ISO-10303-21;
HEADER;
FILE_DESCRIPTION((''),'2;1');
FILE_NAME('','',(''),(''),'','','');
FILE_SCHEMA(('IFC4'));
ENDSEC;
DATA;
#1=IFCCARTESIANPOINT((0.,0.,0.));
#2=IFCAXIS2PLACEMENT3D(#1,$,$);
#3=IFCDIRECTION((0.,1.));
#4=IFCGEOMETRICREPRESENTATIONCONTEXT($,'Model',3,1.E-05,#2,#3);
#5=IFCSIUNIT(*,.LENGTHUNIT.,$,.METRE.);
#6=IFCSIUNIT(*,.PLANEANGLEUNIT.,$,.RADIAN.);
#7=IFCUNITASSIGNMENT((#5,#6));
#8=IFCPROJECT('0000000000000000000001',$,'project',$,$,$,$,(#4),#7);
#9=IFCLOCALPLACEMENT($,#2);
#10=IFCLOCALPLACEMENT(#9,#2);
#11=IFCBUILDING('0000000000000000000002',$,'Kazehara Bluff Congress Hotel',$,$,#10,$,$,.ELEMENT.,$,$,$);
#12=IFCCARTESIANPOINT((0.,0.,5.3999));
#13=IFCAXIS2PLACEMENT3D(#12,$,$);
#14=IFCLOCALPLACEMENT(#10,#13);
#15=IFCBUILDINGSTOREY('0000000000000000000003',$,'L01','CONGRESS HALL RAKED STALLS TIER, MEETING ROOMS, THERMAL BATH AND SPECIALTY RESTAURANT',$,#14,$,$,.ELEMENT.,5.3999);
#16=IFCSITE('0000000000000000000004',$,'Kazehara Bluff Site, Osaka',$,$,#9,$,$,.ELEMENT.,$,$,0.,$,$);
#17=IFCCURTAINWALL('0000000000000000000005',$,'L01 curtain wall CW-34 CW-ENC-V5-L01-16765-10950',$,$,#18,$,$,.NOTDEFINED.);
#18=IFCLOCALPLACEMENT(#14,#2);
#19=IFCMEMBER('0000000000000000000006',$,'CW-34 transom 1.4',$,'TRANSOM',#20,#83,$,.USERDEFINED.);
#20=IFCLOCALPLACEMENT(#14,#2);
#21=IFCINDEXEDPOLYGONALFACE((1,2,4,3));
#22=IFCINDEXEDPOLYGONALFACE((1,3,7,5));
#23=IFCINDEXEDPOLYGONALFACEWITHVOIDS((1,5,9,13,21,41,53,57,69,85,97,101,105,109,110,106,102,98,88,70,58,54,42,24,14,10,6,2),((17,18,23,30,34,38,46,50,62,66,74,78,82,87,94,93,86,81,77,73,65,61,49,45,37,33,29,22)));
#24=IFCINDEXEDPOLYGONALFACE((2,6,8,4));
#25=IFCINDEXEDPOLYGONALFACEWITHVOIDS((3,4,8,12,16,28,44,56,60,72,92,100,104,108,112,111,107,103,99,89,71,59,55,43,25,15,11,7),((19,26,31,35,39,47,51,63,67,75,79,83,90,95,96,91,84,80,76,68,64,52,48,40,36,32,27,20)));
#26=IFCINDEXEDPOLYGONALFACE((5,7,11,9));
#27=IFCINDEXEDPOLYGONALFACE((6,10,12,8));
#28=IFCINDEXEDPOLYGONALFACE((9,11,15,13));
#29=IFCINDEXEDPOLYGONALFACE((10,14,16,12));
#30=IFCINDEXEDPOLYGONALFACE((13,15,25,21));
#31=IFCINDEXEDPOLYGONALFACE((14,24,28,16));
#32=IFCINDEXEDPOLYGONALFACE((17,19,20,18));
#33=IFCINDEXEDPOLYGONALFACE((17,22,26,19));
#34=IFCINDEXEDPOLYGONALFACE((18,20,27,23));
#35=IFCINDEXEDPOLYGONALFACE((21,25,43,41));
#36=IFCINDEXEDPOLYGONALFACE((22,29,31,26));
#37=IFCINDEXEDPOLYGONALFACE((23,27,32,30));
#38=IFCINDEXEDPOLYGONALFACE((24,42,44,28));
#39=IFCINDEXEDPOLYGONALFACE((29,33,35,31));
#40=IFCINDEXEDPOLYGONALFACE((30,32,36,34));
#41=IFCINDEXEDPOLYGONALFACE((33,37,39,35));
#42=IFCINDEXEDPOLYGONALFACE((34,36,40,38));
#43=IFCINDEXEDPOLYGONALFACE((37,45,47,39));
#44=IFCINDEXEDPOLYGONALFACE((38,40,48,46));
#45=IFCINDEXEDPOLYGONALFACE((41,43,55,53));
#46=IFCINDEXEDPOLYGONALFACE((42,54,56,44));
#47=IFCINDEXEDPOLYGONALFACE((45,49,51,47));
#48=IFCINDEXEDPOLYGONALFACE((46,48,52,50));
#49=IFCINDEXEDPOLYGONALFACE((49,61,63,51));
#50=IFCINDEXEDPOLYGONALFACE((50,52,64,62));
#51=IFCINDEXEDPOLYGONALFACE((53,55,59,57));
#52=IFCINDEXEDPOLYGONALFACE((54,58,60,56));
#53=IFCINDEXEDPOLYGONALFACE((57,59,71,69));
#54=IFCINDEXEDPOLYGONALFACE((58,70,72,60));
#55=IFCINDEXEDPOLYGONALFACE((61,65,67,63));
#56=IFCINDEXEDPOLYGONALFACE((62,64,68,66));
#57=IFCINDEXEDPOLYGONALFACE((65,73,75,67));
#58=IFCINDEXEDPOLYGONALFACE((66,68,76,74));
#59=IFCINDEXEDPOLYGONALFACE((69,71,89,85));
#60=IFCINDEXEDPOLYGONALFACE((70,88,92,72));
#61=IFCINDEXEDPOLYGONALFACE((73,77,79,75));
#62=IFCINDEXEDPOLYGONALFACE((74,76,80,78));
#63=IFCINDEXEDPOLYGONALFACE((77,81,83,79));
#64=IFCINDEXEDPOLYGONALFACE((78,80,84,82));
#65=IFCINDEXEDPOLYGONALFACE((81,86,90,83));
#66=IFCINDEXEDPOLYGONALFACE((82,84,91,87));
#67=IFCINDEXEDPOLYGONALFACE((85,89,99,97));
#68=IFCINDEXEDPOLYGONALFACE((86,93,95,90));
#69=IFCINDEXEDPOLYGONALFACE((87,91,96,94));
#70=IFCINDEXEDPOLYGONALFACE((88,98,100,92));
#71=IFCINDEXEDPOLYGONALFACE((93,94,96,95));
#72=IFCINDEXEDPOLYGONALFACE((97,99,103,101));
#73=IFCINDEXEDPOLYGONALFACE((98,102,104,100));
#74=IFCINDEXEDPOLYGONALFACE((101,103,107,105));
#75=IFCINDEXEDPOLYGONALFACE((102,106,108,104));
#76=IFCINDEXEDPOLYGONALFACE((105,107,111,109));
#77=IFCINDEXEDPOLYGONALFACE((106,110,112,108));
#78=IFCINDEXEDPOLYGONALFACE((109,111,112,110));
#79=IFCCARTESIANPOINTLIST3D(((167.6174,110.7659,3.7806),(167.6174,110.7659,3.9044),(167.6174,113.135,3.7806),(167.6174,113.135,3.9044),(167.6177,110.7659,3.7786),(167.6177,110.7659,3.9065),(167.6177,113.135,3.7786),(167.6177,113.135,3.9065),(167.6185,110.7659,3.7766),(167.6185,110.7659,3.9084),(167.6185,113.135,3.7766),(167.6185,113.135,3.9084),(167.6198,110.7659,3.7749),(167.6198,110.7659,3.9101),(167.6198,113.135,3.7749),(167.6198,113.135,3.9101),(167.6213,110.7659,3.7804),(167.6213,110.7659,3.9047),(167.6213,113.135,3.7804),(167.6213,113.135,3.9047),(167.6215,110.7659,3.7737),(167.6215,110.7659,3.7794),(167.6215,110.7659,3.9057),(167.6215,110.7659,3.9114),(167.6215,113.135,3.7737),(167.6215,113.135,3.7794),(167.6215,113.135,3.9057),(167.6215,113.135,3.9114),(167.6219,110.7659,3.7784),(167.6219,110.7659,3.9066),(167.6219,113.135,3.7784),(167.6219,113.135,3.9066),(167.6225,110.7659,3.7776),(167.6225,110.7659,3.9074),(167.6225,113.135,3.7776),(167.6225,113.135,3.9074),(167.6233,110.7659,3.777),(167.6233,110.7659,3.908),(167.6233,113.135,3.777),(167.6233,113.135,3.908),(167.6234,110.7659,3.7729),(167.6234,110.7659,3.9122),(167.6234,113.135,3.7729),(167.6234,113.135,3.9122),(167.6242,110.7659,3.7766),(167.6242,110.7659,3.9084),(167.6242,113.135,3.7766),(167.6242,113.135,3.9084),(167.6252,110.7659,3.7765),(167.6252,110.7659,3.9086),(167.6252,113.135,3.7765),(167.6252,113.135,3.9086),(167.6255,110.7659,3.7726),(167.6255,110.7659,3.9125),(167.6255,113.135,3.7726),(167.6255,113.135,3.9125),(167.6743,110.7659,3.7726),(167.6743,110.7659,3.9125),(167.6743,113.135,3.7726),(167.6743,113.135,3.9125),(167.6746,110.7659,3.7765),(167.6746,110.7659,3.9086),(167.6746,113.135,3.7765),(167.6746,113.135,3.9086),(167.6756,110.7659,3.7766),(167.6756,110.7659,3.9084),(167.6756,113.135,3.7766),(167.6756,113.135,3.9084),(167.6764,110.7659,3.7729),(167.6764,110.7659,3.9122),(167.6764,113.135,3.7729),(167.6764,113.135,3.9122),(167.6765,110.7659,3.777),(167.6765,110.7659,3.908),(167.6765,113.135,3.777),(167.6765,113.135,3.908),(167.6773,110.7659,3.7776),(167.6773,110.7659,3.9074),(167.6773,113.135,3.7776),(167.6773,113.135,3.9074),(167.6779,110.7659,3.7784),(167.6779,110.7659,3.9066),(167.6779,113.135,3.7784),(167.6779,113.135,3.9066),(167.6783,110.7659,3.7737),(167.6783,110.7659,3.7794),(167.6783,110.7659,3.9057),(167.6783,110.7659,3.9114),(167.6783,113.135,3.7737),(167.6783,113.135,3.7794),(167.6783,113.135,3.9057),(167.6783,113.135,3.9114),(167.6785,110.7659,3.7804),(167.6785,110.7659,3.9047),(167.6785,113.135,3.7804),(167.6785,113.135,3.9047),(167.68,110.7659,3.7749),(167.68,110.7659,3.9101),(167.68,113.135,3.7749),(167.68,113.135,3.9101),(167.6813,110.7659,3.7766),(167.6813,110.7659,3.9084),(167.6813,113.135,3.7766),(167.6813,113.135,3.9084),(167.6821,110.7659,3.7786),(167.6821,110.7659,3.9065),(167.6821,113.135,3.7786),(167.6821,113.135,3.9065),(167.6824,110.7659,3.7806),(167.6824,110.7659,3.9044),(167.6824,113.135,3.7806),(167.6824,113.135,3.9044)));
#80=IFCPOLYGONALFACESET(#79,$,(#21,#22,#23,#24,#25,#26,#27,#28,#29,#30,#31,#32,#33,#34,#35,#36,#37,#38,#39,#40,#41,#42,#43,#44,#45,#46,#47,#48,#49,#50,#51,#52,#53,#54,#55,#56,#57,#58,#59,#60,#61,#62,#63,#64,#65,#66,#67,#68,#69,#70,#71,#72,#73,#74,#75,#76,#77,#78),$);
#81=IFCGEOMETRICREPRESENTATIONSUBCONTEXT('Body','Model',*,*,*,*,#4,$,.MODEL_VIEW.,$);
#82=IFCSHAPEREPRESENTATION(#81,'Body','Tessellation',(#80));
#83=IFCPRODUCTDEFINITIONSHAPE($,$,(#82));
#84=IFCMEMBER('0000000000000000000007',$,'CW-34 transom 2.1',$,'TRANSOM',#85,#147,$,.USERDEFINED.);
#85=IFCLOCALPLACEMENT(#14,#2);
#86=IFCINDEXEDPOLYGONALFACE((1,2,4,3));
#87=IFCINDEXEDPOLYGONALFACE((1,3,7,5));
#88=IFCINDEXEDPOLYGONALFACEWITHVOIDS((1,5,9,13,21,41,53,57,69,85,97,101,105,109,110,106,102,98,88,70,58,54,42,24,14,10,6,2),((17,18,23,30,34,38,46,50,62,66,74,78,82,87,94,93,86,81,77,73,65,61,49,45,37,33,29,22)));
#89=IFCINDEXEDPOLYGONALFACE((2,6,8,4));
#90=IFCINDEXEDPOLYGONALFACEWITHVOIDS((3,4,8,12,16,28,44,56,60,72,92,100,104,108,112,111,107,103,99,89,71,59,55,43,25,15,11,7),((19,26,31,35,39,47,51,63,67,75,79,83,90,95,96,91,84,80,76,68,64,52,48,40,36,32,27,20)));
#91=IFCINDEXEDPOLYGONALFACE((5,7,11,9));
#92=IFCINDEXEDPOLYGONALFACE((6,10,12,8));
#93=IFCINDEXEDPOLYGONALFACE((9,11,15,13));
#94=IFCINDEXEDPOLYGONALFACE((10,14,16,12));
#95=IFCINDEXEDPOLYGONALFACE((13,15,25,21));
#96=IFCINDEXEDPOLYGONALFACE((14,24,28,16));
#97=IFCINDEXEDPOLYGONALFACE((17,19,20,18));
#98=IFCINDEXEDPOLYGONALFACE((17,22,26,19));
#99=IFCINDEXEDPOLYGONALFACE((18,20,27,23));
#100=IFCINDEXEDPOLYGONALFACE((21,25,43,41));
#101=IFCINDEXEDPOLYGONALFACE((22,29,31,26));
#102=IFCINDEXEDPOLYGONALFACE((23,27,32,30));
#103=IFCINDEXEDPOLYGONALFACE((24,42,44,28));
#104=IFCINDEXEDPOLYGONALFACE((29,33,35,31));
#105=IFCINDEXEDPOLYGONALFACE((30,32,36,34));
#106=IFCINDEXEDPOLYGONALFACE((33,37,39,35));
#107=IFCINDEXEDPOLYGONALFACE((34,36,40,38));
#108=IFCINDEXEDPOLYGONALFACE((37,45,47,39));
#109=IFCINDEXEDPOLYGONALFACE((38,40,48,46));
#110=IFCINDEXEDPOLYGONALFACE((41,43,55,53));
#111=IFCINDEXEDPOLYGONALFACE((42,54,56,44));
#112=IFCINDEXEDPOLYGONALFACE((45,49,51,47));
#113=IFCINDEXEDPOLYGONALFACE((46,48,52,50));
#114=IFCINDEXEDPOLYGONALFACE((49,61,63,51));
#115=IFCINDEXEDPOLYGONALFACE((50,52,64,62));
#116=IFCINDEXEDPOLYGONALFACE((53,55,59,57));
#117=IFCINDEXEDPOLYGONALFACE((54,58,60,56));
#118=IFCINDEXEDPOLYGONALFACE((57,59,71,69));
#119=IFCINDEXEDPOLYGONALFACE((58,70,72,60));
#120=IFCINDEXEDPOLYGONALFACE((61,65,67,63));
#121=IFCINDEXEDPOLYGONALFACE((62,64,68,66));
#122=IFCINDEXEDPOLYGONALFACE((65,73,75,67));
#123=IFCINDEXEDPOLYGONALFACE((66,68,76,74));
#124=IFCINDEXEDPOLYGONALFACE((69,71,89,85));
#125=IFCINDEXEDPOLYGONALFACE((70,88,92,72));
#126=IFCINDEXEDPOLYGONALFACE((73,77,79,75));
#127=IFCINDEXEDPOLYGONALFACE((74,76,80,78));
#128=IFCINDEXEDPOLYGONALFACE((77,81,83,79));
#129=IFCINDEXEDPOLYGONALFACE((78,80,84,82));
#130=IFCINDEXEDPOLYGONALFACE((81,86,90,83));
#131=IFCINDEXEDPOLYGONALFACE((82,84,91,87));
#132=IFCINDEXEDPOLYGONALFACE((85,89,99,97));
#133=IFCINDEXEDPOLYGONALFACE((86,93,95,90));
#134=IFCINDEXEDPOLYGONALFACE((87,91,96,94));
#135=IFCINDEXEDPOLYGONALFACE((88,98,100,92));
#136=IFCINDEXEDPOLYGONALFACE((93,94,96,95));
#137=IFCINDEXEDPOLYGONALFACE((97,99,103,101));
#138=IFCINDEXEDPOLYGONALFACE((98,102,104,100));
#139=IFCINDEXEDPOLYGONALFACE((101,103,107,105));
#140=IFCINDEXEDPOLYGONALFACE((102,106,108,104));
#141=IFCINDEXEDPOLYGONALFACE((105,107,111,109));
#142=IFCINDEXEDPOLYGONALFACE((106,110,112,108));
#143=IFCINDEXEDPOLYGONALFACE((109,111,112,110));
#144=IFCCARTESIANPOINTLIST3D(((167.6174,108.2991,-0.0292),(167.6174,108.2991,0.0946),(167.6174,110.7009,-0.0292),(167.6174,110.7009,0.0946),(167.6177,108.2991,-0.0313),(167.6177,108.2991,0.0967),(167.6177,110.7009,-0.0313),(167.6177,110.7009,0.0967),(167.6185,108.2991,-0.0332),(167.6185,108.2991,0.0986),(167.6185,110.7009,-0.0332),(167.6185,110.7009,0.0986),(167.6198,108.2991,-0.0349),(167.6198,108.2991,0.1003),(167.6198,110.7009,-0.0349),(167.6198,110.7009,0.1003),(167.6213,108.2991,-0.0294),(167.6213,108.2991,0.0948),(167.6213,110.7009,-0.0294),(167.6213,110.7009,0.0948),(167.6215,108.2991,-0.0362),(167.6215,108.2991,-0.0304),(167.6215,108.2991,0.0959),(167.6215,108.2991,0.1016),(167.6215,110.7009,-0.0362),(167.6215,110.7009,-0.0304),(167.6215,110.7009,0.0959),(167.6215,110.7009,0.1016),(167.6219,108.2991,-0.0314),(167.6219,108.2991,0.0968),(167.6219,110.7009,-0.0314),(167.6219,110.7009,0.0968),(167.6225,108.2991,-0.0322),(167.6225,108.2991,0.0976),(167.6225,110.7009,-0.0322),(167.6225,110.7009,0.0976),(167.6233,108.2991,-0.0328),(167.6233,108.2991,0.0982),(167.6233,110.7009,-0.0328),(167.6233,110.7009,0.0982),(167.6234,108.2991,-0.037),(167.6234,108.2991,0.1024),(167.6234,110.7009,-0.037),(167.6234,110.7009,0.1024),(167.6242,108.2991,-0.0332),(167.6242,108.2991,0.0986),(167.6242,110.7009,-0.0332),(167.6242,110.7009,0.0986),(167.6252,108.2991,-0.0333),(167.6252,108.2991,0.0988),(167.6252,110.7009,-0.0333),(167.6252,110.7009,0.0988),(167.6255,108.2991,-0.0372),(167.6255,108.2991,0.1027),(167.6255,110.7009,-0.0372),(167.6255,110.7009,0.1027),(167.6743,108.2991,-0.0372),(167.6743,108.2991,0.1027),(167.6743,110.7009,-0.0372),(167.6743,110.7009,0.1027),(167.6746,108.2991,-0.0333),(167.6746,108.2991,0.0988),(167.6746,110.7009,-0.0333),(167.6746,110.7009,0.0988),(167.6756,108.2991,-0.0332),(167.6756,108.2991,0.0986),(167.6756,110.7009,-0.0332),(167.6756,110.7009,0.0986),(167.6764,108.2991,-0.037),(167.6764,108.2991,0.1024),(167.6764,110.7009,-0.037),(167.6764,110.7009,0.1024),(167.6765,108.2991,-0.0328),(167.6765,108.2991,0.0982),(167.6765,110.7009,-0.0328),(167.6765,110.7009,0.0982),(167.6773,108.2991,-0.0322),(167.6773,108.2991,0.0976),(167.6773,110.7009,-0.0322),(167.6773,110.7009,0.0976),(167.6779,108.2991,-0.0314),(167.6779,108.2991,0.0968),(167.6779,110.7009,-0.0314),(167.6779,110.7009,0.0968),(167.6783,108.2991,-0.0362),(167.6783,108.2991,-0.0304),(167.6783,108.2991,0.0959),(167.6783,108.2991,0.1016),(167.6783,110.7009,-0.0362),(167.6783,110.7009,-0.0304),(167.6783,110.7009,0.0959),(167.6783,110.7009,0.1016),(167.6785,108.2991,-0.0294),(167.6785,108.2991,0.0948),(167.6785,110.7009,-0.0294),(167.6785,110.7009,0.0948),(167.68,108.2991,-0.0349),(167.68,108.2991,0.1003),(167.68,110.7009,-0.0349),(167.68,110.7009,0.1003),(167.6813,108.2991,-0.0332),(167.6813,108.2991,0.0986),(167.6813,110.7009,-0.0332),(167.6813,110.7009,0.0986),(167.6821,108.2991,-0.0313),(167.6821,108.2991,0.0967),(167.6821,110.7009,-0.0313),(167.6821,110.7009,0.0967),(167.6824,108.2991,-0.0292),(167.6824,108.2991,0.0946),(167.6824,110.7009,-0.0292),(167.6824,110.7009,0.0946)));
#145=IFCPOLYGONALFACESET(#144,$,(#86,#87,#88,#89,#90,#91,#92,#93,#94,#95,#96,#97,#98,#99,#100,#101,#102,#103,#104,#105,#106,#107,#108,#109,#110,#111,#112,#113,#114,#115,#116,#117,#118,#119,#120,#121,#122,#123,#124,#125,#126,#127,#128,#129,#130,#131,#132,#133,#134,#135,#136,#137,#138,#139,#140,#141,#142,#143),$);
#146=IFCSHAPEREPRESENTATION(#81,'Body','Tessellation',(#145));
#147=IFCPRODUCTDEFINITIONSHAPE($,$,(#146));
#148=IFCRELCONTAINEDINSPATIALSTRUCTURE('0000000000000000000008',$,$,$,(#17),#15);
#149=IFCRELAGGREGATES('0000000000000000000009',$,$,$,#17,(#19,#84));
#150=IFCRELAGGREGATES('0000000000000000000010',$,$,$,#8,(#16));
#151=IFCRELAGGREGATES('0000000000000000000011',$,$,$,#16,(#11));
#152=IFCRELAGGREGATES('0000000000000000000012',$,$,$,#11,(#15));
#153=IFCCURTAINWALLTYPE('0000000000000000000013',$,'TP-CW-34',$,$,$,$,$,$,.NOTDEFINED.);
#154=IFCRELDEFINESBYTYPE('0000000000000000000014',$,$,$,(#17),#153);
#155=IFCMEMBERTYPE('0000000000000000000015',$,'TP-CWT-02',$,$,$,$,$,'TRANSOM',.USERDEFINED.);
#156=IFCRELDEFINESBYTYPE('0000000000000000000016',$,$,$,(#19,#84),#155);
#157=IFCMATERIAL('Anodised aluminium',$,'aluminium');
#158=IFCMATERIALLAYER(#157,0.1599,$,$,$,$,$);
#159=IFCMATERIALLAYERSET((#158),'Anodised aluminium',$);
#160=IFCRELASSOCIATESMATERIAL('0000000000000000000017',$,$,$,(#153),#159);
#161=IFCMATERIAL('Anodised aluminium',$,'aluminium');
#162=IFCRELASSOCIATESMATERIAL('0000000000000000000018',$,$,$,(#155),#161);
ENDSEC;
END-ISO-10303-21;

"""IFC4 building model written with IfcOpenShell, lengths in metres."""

from ifc_helpers import new_model, si_unit, direction, frame, origin, origin_2d, place, context, subcontext, project, spatial, hollow_rectangle, extrude, material, layer, layer_set, material_profile, profile_set, type_object, element, aggregate, save


model = new_model("IFC4")

# Units and contexts
model_context = context("Model", 3, precision=1e-05, world=origin(), true_north=direction((0.0, 1.0)))
body_context = subcontext(model_context, "Body", "Model", "MODEL_VIEW")
ifc_project = project(units=[si_unit("LENGTHUNIT", "METRE"), si_unit("PLANEANGLEUNIT", "RADIAN")], contexts=[model_context])

# Site, building, storey
site_placement = place(None, origin())
site = spatial("IfcSite", under=ifc_project, at=site_placement, Name="Kazehara Bluff Site, Osaka", CompositionType="ELEMENT", RefElevation=0.0)
building_placement = place(site_placement, origin())
building = spatial("IfcBuilding", under=site, at=building_placement, Name="Kazehara Bluff Congress Hotel", CompositionType="ELEMENT")
storey_placement = place(building_placement, frame((0.0, 0.0, 5.3999)))
storey = spatial("IfcBuildingStorey", under=building, at=storey_placement, Name="L01", Description="CONGRESS HALL RAKED STALLS TIER, MEETING ROOMS, THERMAL BATH AND SPECIALTY RESTAURANT", CompositionType="ELEMENT", Elevation=5.3999)

# Curtain wall
ifc_material_1 = material(Name="Anodised aluminium", Category="aluminium")
ifc_layer_1 = layer(ifc_material_1, 0.1599)
ifc_layer_set_1 = layer_set([ifc_layer_1], Name="Anodised aluminium")
curtain_wall_type_1 = type_object("IfcCurtainWallType", Name="TP-CW-34", PredefinedType="NOTDEFINED", material=ifc_layer_set_1)
curtain_wall_1_placement = place(storey_placement, origin())
curtain_wall_1 = element("IfcCurtainWall", 1, at=curtain_wall_1_placement, inside=storey, type_object=curtain_wall_type_1, Name="L01 curtain wall CW-34 CW-ENC-V5-L01-16765-10950", PredefinedType="NOTDEFINED")

# Members
ifc_material_2 = material(Name="Anodised aluminium", Category="aluminium")
ifc_material_profile_1 = material_profile(ifc_material_2, hollow_rectangle(XDim=0.0649, YDim=0.1399, WallThickness=0.0039, InnerFilletRadius=0.0039, OuterFilletRadius=0.0081, at=origin_2d()))
ifc_profile_set_1 = profile_set([ifc_material_profile_1], Name="Anodised aluminium")
member_type_1 = type_object("IfcMemberType", Name="TP-CWT-02", ElementType="TRANSOM", PredefinedType="USERDEFINED", material=ifc_profile_set_1)
member_1_placement = place(storey_placement, frame((167.6499, 113.135, 3.8425), z_axis=(0.0, -1.0, 0.0), x_axis=(1.0, 0.0, 0.0)))
member_1 = element("IfcMember", 2, at=member_1_placement, type_object=member_type_1, Name="CW-34 transom 1.4", ObjectType="TRANSOM", PredefinedType="USERDEFINED", context=body_context, shape_type="SweptSolid", body=[
    extrude(hollow_rectangle(XDim=0.0649, YDim=0.1399, WallThickness=0.0039, InnerFilletRadius=0.0039, OuterFilletRadius=0.0081, at=origin_2d()), origin(), (0.0, 0.0, 1.0), 2.3691),
])
member_2_placement = place(storey_placement, frame((167.6499, 110.7009, 0.0327), z_axis=(0.0, -1.0, 0.0), x_axis=(1.0, 0.0, 0.0)))
member_2 = element("IfcMember", 3, at=member_2_placement, type_object=member_type_1, Name="CW-34 transom 2.1", ObjectType="TRANSOM", PredefinedType="USERDEFINED", context=body_context, shape_type="SweptSolid", body=[
    extrude(hollow_rectangle(XDim=0.0649, YDim=0.1399, WallThickness=0.0039, InnerFilletRadius=0.0039, OuterFilletRadius=0.0081, at=origin_2d()), origin(), (0.0, 0.0, 1.0), 2.4019),
])

aggregate(curtain_wall_1, [member_1, member_2])

save(model, "model.ifc")
